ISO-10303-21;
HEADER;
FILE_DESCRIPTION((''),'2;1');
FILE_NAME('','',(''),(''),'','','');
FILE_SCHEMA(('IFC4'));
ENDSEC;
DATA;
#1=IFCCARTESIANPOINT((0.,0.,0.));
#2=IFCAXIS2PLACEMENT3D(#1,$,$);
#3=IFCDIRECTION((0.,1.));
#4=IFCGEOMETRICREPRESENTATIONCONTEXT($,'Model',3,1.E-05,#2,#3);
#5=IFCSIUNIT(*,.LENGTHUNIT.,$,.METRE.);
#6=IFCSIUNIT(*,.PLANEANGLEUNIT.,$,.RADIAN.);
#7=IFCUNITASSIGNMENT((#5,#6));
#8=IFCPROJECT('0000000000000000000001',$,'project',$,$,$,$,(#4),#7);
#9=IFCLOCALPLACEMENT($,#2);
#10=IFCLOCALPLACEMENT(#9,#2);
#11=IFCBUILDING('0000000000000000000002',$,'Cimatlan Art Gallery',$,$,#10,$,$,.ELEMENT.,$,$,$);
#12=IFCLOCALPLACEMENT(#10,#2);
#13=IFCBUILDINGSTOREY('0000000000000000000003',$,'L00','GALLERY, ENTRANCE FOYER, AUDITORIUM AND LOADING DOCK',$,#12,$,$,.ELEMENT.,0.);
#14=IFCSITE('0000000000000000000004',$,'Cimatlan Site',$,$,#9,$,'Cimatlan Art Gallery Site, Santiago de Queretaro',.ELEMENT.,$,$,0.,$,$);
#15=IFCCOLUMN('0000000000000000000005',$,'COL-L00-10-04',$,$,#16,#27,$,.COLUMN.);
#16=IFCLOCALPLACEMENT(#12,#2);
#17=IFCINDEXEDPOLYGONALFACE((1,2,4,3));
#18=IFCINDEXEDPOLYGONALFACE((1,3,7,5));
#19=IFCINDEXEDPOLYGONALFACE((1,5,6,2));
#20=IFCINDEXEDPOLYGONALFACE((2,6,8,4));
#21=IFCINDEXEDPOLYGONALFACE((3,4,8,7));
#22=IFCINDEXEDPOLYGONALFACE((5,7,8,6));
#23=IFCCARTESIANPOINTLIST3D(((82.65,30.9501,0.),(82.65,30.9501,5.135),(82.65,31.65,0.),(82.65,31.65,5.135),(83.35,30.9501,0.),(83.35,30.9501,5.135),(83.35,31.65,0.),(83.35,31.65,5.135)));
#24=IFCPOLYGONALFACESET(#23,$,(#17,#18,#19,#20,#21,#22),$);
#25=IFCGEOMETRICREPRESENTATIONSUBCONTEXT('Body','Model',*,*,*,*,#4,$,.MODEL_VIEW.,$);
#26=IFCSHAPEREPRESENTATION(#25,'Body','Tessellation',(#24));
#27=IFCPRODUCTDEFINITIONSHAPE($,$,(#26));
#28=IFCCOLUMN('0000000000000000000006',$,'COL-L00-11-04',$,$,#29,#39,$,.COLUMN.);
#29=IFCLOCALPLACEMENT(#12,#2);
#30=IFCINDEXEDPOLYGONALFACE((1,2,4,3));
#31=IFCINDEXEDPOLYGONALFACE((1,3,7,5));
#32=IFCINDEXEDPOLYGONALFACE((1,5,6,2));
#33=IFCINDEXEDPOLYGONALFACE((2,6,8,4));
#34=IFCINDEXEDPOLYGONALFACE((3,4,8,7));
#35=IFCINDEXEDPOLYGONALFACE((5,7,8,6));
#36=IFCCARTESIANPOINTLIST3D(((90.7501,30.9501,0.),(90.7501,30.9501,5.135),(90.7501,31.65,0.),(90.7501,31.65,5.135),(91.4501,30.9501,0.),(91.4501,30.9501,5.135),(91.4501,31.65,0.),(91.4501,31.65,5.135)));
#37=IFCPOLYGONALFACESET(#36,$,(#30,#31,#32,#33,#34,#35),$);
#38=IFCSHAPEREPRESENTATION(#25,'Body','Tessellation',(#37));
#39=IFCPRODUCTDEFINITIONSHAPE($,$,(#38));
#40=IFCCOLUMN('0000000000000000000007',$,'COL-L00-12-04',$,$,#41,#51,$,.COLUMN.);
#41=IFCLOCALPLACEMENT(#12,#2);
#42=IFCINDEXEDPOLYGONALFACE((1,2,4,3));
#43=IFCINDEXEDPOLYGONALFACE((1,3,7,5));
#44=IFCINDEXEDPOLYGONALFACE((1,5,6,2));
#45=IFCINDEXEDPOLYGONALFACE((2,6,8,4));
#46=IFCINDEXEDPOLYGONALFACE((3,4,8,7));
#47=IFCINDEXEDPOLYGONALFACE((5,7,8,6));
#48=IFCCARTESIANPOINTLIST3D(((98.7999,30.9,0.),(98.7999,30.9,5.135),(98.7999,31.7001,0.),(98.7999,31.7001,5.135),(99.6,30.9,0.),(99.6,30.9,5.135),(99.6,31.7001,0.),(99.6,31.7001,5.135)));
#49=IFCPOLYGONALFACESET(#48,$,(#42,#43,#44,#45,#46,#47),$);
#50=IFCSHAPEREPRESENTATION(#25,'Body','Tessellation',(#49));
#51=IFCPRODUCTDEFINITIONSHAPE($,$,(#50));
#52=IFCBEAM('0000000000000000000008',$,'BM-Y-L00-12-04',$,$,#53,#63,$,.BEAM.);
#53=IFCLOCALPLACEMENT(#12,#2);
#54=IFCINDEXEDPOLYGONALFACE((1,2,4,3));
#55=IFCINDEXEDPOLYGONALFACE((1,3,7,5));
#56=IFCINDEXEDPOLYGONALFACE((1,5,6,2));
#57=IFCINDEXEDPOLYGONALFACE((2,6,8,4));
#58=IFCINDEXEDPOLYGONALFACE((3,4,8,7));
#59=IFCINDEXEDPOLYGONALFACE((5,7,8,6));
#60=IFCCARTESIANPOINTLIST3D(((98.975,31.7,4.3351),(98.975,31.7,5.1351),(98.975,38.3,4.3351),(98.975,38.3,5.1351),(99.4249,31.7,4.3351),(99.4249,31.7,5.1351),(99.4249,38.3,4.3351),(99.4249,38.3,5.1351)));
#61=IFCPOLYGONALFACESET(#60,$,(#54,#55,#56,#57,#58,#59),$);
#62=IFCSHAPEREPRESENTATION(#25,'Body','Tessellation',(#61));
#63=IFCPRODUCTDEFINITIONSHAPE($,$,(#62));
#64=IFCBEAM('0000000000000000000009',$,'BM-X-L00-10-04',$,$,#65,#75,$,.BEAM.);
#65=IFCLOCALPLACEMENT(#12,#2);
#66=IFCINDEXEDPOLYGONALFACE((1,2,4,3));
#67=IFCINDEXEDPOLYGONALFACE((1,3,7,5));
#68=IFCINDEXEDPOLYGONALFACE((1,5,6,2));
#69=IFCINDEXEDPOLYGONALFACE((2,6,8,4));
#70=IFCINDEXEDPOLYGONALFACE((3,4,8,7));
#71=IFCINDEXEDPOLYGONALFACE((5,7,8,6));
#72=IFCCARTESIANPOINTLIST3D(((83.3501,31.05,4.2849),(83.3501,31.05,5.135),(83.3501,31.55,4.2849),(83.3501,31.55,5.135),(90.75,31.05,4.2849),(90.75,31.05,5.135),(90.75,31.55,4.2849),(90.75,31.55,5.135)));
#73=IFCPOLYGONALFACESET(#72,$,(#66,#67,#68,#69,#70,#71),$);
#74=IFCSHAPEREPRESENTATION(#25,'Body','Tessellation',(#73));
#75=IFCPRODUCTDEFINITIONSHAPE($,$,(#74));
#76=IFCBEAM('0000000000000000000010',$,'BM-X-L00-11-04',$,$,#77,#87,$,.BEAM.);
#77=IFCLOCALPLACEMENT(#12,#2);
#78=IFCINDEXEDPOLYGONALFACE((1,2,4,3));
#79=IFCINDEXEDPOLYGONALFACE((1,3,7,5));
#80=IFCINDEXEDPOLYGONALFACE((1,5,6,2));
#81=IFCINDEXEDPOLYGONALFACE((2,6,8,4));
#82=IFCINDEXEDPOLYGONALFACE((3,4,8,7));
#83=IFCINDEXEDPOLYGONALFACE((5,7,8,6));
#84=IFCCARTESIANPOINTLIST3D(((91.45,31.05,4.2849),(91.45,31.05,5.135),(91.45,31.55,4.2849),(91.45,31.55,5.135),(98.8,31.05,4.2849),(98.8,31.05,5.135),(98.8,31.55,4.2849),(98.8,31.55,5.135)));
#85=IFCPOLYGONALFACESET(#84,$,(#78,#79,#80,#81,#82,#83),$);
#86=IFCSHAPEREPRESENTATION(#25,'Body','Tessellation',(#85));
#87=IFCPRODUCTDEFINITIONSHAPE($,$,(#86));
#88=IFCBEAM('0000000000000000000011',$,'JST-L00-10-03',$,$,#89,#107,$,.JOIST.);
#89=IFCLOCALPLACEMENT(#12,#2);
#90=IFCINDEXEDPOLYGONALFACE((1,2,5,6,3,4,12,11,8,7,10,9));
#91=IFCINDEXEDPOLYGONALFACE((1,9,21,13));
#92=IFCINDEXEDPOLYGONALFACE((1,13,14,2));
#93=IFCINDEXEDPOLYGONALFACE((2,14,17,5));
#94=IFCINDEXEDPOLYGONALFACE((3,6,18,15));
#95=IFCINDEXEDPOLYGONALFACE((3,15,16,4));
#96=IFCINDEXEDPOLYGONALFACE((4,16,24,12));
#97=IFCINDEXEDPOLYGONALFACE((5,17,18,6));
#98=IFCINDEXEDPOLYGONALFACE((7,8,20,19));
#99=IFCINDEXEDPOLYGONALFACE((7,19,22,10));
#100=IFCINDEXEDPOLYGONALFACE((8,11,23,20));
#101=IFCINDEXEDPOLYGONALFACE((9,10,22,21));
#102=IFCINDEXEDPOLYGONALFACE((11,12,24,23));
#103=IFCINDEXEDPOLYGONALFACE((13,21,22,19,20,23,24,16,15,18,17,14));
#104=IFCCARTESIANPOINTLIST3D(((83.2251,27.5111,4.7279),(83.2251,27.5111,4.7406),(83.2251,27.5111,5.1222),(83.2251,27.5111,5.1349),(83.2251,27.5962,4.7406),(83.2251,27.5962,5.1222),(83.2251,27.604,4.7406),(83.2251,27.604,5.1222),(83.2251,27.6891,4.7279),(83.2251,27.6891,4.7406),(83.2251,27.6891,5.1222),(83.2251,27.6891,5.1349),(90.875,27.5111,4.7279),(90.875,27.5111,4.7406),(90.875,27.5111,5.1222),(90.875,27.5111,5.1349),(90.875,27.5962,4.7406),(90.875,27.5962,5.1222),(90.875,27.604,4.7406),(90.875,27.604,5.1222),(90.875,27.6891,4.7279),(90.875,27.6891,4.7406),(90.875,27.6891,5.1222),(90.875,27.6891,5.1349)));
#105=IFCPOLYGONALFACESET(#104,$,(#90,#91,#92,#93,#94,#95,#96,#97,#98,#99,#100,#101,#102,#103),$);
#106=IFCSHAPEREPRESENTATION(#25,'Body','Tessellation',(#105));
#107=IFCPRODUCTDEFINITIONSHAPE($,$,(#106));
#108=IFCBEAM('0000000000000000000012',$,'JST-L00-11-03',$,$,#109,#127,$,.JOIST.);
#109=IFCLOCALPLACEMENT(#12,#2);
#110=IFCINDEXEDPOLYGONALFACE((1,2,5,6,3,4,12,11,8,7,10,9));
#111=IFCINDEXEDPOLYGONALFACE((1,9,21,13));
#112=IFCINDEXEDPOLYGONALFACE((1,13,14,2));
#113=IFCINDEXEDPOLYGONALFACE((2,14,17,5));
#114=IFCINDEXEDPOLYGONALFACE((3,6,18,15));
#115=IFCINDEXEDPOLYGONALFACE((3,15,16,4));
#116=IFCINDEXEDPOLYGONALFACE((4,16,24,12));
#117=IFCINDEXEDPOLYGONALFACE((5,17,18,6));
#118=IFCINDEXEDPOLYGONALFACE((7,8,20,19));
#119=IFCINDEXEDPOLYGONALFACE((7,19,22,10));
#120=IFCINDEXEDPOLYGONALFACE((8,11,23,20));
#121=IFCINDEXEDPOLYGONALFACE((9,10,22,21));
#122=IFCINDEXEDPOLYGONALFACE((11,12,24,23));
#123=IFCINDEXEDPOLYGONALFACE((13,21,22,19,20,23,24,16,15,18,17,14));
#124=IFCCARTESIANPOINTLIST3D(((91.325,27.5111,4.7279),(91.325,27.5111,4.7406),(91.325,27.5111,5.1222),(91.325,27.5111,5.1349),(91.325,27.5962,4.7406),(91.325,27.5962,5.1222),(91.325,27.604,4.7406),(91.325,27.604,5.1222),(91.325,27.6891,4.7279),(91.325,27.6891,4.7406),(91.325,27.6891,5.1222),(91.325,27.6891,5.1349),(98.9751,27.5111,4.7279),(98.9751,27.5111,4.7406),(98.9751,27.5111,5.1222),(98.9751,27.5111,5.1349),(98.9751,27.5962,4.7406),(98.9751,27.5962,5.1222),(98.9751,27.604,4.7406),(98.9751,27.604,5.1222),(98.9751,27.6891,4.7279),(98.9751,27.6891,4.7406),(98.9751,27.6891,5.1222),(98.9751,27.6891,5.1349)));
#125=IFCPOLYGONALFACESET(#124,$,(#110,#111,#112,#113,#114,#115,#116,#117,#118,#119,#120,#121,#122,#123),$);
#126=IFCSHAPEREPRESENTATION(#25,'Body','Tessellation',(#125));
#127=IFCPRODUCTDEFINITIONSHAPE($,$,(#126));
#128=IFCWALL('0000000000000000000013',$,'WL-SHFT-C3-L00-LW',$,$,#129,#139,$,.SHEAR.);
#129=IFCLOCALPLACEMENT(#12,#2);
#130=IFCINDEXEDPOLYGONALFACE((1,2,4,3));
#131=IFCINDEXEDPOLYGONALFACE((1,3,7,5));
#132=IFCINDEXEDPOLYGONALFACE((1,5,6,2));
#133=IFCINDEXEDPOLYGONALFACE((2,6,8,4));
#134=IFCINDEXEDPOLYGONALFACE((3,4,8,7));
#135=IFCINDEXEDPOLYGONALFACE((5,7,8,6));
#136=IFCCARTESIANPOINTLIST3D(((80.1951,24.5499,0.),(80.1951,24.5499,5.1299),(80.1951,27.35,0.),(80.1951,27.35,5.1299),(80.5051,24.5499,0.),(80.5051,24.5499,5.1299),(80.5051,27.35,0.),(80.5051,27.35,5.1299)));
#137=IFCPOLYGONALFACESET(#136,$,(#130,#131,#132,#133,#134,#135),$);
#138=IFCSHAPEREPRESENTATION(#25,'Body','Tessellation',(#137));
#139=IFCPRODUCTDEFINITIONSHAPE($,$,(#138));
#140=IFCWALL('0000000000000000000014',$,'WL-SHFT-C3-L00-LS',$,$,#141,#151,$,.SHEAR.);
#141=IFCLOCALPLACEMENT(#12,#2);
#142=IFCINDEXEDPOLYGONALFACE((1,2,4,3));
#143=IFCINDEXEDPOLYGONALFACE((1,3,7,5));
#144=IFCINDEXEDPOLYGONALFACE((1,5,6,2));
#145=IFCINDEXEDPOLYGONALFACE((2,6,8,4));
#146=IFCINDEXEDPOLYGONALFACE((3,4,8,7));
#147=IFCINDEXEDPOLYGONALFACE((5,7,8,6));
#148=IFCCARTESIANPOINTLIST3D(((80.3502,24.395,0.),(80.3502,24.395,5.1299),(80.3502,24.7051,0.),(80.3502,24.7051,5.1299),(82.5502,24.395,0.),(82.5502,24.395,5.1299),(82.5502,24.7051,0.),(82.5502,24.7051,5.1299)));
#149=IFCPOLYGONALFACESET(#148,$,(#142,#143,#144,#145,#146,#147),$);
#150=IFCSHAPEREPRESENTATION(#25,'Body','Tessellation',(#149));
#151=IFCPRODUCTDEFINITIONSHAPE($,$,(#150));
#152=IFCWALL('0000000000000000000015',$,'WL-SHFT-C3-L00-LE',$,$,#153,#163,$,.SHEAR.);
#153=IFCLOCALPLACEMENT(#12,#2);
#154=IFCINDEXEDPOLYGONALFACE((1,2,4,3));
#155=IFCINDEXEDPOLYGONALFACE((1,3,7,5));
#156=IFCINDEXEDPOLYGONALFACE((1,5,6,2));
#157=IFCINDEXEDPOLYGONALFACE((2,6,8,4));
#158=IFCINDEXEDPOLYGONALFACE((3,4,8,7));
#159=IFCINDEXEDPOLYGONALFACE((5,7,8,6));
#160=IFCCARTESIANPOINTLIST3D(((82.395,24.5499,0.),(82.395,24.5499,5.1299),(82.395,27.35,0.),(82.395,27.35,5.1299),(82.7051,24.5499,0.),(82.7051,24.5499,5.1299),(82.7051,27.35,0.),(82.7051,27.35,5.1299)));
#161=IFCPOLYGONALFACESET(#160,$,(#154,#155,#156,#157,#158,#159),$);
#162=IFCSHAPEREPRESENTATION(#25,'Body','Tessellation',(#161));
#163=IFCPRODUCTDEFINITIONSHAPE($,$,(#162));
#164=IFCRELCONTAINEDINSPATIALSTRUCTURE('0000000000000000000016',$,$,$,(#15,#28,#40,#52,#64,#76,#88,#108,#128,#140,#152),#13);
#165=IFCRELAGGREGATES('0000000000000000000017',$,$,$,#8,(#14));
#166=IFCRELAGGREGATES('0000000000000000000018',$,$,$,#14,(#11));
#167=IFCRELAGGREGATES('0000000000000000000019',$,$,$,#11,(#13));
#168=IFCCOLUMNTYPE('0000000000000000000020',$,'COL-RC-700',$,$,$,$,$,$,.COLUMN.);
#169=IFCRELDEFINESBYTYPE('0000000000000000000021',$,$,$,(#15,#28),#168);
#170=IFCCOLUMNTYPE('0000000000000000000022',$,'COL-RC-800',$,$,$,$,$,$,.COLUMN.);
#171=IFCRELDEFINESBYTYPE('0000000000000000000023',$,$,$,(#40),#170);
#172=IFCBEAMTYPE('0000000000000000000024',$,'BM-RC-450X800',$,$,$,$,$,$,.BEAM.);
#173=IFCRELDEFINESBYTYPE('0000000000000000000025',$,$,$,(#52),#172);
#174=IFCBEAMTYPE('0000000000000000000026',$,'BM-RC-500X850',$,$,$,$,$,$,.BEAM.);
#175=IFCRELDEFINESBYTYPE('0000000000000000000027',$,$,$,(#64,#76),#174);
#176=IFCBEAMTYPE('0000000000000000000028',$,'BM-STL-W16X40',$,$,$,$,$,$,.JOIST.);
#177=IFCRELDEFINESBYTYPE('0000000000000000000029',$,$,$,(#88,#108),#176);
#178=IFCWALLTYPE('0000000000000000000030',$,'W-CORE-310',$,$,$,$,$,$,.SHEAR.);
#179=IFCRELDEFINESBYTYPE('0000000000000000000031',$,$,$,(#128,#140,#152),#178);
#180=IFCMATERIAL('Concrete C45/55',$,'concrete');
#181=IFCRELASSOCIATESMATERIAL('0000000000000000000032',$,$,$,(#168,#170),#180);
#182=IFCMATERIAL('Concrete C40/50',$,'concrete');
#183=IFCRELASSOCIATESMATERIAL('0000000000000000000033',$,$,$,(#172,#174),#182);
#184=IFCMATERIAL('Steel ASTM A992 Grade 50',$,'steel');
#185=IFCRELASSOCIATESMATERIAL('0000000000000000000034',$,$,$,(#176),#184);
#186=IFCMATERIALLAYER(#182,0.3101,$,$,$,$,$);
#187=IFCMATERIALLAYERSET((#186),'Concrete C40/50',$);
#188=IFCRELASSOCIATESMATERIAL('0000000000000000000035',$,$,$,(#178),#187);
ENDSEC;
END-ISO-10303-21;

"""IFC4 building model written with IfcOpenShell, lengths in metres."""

from ifc_helpers import new_model, si_unit, direction, frame, frame_2d, origin, origin_2d, place, context, subcontext, project, spatial, rectangle, i_section, extrude, material, layer, layer_set, material_profile, profile_set, type_object, element, save


model = new_model("IFC4")

# Units and contexts
model_context = context("Model", 3, precision=1e-05, world=origin(), true_north=direction((0.0, 1.0)))
body_context = subcontext(model_context, "Body", "Model", "MODEL_VIEW")
ifc_project = project(units=[si_unit("LENGTHUNIT", "METRE"), si_unit("PLANEANGLEUNIT", "RADIAN")], contexts=[model_context])

# Site, building, storey
site_placement = place(None, origin())
site = spatial("IfcSite", under=ifc_project, at=site_placement, Name="Cimatlan Site", LongName="Cimatlan Art Gallery Site, Santiago de Queretaro", CompositionType="ELEMENT", RefElevation=0.0)
building_placement = place(site_placement, origin())
building = spatial("IfcBuilding", under=site, at=building_placement, Name="Cimatlan Art Gallery", CompositionType="ELEMENT")
storey_placement = place(building_placement, origin())
storey = spatial("IfcBuildingStorey", under=building, at=storey_placement, Name="L00", Description="GALLERY, ENTRANCE FOYER, AUDITORIUM AND LOADING DOCK", CompositionType="ELEMENT", Elevation=0.0)

# Columns
ifc_material_1 = material(Name="Concrete C45/55", Category="concrete")
ifc_material_profile_1 = material_profile(ifc_material_1, rectangle(XDim=0.7, YDim=0.7, at=origin_2d()), Name="RC700X700")
ifc_profile_set_1 = profile_set([ifc_material_profile_1], Name="Concrete C45/55")
column_type_1 = type_object("IfcColumnType", Name="COL-RC-700", PredefinedType="COLUMN", material=ifc_profile_set_1)
for number, where, z_axis, x_axis, name in (
    (1, (83.0, 31.3, 0.0), (0.0, 0.0, 1.0), (1.0, 0.0, 0.0), "COL-L00-10-04"),
    (2, (91.1001, 31.3, 0.0), (0.0, 0.0, 1.0), (1.0, 0.0, 0.0), "COL-L00-11-04"),
):
    element("IfcColumn", number, at=place(storey_placement, frame(where, z_axis=z_axis, x_axis=x_axis)), inside=storey, type_object=column_type_1, Name=name, PredefinedType="COLUMN", context=body_context, shape_type="SweptSolid", body=[
        extrude(rectangle(XDim=0.7, YDim=0.7, at=origin_2d()), origin(), (0.0, 0.0, 1.0), 5.135),
    ])
ifc_material_profile_2 = material_profile(ifc_material_1, rectangle(XDim=0.8, YDim=0.8, at=origin_2d()), Name="RC800X800")
ifc_profile_set_2 = profile_set([ifc_material_profile_2], Name="Concrete C45/55")
column_type_2 = type_object("IfcColumnType", Name="COL-RC-800", PredefinedType="COLUMN", material=ifc_profile_set_2)
column_placement = place(storey_placement, frame((99.2, 31.3, 0.0), z_axis=(0.0, 0.0, 1.0), x_axis=(1.0, 0.0, 0.0)))
element("IfcColumn", 3, at=column_placement, inside=storey, type_object=column_type_2, Name="COL-L00-12-04", PredefinedType="COLUMN", context=body_context, shape_type="SweptSolid", body=[
    extrude(rectangle(XDim=0.8, YDim=0.8, at=origin_2d()), origin(), (0.0, 0.0, 1.0), 5.135),
])

# Beams
ifc_material_2 = material(Name="Concrete C40/50", Category="concrete")
ifc_material_profile_3 = material_profile(ifc_material_2, rectangle(XDim=0.45, YDim=0.8, at=origin_2d()), Name="RC450X800")
ifc_profile_set_3 = profile_set([ifc_material_profile_3], Name="Concrete C40/50")
beam_type_1 = type_object("IfcBeamType", Name="BM-RC-450X800", PredefinedType="BEAM", material=ifc_profile_set_3)
beam_1_placement = place(storey_placement, frame((99.2, 31.7, 4.7351), z_axis=(0.0, 1.0, 0.0), x_axis=(-1.0, 0.0, 0.0)))
element("IfcBeam", 4, at=beam_1_placement, inside=storey, type_object=beam_type_1, Name="BM-Y-L00-12-04", PredefinedType="BEAM", context=body_context, shape_type="SweptSolid", body=[
    extrude(rectangle(XDim=0.45, YDim=0.8, at=origin_2d()), origin(), (0.0, 0.0, 1.0), 6.6001),
])
ifc_material_profile_4 = material_profile(ifc_material_2, rectangle(XDim=0.5, YDim=0.8501, at=origin_2d()), Name="RC500X850")
ifc_profile_set_4 = profile_set([ifc_material_profile_4], Name="Concrete C40/50")
beam_type_2 = type_object("IfcBeamType", Name="BM-RC-500X850", PredefinedType="BEAM", material=ifc_profile_set_4)
beam_2_placement = place(storey_placement, frame((83.3501, 31.3, 4.71), z_axis=(1.0, 0.0, 0.0), x_axis=(0.0, 1.0, 0.0)))
element("IfcBeam", 5, at=beam_2_placement, inside=storey, type_object=beam_type_2, Name="BM-X-L00-10-04", PredefinedType="BEAM", context=body_context, shape_type="SweptSolid", body=[
    extrude(rectangle(XDim=0.5, YDim=0.8501, at=origin_2d()), origin(), (0.0, 0.0, 1.0), 7.3999),
])
beam_3_placement = place(storey_placement, frame((91.45, 31.3, 4.71), z_axis=(1.0, 0.0, 0.0), x_axis=(0.0, 1.0, 0.0)))
element("IfcBeam", 6, at=beam_3_placement, inside=storey, type_object=beam_type_2, Name="BM-X-L00-11-04", PredefinedType="BEAM", context=body_context, shape_type="SweptSolid", body=[
    extrude(rectangle(XDim=0.5, YDim=0.8501, at=origin_2d()), origin(), (0.0, 0.0, 1.0), 7.3501),
])
ifc_material_3 = material(Name="Steel ASTM A992 Grade 50", Category="steel")
ifc_material_profile_5 = material_profile(ifc_material_3, i_section(OverallWidth=0.178, OverallDepth=0.407, WebThickness=0.0078, FlangeThickness=0.0127, at=origin_2d()), Name="W16X40")
ifc_profile_set_5 = profile_set([ifc_material_profile_5], Name="Steel ASTM A992 Grade 50")
beam_type_3 = type_object("IfcBeamType", Name="BM-STL-W16X40", PredefinedType="JOIST", material=ifc_profile_set_5)
beam_4_placement = place(storey_placement, frame((83.2251, 27.6001, 4.9314), z_axis=(1.0, 0.0, 0.0), x_axis=(0.0, 1.0, 0.0)))
element("IfcBeam", 7, at=beam_4_placement, inside=storey, type_object=beam_type_3, Name="JST-L00-10-03", PredefinedType="JOIST", context=body_context, shape_type="SweptSolid", body=[
    extrude(i_section(OverallWidth=0.178, OverallDepth=0.407, WebThickness=0.0078, FlangeThickness=0.0127, at=origin_2d()), origin(), (0.0, 0.0, 1.0), 7.6499),
])
beam_5_placement = place(storey_placement, frame((91.325, 27.6001, 4.9314), z_axis=(1.0, 0.0, 0.0), x_axis=(0.0, 1.0, 0.0)))
element("IfcBeam", 8, at=beam_5_placement, inside=storey, type_object=beam_type_3, Name="JST-L00-11-03", PredefinedType="JOIST", context=body_context, shape_type="SweptSolid", body=[
    extrude(i_section(OverallWidth=0.178, OverallDepth=0.407, WebThickness=0.0078, FlangeThickness=0.0127, at=origin_2d()), origin(), (0.0, 0.0, 1.0), 7.6501),
])

# Walls
ifc_layer_1 = layer(ifc_material_2, 0.3101)
ifc_layer_set_1 = layer_set([ifc_layer_1], Name="Concrete C40/50")
wall_type_1 = type_object("IfcWallType", Name="W-CORE-310", PredefinedType="SHEAR", material=ifc_layer_set_1)
wall_1_placement = place(storey_placement, frame((80.3501, 24.55, 0.0), z_axis=(0.0, 0.0, 1.0), x_axis=(0.0, 1.0, 0.0)))
element("IfcWall", 9, at=wall_1_placement, inside=storey, type_object=wall_type_1, Name="WL-SHFT-C3-L00-LW", PredefinedType="SHEAR", context=body_context, shape_type="SweptSolid", body=[
    extrude(rectangle(XDim=2.8, YDim=0.3101, at=frame_2d((1.3999, 0.0))), origin(), (0.0, 0.0, 1.0), 5.1299),
])
wall_2_placement = place(storey_placement, frame((80.3501, 24.55, 0.0), z_axis=(0.0, 0.0, 1.0), x_axis=(1.0, 0.0, 0.0)))
element("IfcWall", 10, at=wall_2_placement, inside=storey, type_object=wall_type_1, Name="WL-SHFT-C3-L00-LS", PredefinedType="SHEAR", context=body_context, shape_type="SweptSolid", body=[
    extrude(rectangle(XDim=2.2, YDim=0.3101, at=frame_2d((1.1001, 0.0))), origin(), (0.0, 0.0, 1.0), 5.1299),
])
wall_3_placement = place(storey_placement, frame((82.55, 24.55, 0.0), z_axis=(0.0, 0.0, 1.0), x_axis=(0.0, 1.0, 0.0)))
element("IfcWall", 11, at=wall_3_placement, inside=storey, type_object=wall_type_1, Name="WL-SHFT-C3-L00-LE", PredefinedType="SHEAR", context=body_context, shape_type="SweptSolid", body=[
    extrude(rectangle(XDim=2.8, YDim=0.3101, at=frame_2d((1.3999, 0.0))), origin(), (0.0, 0.0, 1.0), 5.1299),
])

save(model, "model.ifc")
